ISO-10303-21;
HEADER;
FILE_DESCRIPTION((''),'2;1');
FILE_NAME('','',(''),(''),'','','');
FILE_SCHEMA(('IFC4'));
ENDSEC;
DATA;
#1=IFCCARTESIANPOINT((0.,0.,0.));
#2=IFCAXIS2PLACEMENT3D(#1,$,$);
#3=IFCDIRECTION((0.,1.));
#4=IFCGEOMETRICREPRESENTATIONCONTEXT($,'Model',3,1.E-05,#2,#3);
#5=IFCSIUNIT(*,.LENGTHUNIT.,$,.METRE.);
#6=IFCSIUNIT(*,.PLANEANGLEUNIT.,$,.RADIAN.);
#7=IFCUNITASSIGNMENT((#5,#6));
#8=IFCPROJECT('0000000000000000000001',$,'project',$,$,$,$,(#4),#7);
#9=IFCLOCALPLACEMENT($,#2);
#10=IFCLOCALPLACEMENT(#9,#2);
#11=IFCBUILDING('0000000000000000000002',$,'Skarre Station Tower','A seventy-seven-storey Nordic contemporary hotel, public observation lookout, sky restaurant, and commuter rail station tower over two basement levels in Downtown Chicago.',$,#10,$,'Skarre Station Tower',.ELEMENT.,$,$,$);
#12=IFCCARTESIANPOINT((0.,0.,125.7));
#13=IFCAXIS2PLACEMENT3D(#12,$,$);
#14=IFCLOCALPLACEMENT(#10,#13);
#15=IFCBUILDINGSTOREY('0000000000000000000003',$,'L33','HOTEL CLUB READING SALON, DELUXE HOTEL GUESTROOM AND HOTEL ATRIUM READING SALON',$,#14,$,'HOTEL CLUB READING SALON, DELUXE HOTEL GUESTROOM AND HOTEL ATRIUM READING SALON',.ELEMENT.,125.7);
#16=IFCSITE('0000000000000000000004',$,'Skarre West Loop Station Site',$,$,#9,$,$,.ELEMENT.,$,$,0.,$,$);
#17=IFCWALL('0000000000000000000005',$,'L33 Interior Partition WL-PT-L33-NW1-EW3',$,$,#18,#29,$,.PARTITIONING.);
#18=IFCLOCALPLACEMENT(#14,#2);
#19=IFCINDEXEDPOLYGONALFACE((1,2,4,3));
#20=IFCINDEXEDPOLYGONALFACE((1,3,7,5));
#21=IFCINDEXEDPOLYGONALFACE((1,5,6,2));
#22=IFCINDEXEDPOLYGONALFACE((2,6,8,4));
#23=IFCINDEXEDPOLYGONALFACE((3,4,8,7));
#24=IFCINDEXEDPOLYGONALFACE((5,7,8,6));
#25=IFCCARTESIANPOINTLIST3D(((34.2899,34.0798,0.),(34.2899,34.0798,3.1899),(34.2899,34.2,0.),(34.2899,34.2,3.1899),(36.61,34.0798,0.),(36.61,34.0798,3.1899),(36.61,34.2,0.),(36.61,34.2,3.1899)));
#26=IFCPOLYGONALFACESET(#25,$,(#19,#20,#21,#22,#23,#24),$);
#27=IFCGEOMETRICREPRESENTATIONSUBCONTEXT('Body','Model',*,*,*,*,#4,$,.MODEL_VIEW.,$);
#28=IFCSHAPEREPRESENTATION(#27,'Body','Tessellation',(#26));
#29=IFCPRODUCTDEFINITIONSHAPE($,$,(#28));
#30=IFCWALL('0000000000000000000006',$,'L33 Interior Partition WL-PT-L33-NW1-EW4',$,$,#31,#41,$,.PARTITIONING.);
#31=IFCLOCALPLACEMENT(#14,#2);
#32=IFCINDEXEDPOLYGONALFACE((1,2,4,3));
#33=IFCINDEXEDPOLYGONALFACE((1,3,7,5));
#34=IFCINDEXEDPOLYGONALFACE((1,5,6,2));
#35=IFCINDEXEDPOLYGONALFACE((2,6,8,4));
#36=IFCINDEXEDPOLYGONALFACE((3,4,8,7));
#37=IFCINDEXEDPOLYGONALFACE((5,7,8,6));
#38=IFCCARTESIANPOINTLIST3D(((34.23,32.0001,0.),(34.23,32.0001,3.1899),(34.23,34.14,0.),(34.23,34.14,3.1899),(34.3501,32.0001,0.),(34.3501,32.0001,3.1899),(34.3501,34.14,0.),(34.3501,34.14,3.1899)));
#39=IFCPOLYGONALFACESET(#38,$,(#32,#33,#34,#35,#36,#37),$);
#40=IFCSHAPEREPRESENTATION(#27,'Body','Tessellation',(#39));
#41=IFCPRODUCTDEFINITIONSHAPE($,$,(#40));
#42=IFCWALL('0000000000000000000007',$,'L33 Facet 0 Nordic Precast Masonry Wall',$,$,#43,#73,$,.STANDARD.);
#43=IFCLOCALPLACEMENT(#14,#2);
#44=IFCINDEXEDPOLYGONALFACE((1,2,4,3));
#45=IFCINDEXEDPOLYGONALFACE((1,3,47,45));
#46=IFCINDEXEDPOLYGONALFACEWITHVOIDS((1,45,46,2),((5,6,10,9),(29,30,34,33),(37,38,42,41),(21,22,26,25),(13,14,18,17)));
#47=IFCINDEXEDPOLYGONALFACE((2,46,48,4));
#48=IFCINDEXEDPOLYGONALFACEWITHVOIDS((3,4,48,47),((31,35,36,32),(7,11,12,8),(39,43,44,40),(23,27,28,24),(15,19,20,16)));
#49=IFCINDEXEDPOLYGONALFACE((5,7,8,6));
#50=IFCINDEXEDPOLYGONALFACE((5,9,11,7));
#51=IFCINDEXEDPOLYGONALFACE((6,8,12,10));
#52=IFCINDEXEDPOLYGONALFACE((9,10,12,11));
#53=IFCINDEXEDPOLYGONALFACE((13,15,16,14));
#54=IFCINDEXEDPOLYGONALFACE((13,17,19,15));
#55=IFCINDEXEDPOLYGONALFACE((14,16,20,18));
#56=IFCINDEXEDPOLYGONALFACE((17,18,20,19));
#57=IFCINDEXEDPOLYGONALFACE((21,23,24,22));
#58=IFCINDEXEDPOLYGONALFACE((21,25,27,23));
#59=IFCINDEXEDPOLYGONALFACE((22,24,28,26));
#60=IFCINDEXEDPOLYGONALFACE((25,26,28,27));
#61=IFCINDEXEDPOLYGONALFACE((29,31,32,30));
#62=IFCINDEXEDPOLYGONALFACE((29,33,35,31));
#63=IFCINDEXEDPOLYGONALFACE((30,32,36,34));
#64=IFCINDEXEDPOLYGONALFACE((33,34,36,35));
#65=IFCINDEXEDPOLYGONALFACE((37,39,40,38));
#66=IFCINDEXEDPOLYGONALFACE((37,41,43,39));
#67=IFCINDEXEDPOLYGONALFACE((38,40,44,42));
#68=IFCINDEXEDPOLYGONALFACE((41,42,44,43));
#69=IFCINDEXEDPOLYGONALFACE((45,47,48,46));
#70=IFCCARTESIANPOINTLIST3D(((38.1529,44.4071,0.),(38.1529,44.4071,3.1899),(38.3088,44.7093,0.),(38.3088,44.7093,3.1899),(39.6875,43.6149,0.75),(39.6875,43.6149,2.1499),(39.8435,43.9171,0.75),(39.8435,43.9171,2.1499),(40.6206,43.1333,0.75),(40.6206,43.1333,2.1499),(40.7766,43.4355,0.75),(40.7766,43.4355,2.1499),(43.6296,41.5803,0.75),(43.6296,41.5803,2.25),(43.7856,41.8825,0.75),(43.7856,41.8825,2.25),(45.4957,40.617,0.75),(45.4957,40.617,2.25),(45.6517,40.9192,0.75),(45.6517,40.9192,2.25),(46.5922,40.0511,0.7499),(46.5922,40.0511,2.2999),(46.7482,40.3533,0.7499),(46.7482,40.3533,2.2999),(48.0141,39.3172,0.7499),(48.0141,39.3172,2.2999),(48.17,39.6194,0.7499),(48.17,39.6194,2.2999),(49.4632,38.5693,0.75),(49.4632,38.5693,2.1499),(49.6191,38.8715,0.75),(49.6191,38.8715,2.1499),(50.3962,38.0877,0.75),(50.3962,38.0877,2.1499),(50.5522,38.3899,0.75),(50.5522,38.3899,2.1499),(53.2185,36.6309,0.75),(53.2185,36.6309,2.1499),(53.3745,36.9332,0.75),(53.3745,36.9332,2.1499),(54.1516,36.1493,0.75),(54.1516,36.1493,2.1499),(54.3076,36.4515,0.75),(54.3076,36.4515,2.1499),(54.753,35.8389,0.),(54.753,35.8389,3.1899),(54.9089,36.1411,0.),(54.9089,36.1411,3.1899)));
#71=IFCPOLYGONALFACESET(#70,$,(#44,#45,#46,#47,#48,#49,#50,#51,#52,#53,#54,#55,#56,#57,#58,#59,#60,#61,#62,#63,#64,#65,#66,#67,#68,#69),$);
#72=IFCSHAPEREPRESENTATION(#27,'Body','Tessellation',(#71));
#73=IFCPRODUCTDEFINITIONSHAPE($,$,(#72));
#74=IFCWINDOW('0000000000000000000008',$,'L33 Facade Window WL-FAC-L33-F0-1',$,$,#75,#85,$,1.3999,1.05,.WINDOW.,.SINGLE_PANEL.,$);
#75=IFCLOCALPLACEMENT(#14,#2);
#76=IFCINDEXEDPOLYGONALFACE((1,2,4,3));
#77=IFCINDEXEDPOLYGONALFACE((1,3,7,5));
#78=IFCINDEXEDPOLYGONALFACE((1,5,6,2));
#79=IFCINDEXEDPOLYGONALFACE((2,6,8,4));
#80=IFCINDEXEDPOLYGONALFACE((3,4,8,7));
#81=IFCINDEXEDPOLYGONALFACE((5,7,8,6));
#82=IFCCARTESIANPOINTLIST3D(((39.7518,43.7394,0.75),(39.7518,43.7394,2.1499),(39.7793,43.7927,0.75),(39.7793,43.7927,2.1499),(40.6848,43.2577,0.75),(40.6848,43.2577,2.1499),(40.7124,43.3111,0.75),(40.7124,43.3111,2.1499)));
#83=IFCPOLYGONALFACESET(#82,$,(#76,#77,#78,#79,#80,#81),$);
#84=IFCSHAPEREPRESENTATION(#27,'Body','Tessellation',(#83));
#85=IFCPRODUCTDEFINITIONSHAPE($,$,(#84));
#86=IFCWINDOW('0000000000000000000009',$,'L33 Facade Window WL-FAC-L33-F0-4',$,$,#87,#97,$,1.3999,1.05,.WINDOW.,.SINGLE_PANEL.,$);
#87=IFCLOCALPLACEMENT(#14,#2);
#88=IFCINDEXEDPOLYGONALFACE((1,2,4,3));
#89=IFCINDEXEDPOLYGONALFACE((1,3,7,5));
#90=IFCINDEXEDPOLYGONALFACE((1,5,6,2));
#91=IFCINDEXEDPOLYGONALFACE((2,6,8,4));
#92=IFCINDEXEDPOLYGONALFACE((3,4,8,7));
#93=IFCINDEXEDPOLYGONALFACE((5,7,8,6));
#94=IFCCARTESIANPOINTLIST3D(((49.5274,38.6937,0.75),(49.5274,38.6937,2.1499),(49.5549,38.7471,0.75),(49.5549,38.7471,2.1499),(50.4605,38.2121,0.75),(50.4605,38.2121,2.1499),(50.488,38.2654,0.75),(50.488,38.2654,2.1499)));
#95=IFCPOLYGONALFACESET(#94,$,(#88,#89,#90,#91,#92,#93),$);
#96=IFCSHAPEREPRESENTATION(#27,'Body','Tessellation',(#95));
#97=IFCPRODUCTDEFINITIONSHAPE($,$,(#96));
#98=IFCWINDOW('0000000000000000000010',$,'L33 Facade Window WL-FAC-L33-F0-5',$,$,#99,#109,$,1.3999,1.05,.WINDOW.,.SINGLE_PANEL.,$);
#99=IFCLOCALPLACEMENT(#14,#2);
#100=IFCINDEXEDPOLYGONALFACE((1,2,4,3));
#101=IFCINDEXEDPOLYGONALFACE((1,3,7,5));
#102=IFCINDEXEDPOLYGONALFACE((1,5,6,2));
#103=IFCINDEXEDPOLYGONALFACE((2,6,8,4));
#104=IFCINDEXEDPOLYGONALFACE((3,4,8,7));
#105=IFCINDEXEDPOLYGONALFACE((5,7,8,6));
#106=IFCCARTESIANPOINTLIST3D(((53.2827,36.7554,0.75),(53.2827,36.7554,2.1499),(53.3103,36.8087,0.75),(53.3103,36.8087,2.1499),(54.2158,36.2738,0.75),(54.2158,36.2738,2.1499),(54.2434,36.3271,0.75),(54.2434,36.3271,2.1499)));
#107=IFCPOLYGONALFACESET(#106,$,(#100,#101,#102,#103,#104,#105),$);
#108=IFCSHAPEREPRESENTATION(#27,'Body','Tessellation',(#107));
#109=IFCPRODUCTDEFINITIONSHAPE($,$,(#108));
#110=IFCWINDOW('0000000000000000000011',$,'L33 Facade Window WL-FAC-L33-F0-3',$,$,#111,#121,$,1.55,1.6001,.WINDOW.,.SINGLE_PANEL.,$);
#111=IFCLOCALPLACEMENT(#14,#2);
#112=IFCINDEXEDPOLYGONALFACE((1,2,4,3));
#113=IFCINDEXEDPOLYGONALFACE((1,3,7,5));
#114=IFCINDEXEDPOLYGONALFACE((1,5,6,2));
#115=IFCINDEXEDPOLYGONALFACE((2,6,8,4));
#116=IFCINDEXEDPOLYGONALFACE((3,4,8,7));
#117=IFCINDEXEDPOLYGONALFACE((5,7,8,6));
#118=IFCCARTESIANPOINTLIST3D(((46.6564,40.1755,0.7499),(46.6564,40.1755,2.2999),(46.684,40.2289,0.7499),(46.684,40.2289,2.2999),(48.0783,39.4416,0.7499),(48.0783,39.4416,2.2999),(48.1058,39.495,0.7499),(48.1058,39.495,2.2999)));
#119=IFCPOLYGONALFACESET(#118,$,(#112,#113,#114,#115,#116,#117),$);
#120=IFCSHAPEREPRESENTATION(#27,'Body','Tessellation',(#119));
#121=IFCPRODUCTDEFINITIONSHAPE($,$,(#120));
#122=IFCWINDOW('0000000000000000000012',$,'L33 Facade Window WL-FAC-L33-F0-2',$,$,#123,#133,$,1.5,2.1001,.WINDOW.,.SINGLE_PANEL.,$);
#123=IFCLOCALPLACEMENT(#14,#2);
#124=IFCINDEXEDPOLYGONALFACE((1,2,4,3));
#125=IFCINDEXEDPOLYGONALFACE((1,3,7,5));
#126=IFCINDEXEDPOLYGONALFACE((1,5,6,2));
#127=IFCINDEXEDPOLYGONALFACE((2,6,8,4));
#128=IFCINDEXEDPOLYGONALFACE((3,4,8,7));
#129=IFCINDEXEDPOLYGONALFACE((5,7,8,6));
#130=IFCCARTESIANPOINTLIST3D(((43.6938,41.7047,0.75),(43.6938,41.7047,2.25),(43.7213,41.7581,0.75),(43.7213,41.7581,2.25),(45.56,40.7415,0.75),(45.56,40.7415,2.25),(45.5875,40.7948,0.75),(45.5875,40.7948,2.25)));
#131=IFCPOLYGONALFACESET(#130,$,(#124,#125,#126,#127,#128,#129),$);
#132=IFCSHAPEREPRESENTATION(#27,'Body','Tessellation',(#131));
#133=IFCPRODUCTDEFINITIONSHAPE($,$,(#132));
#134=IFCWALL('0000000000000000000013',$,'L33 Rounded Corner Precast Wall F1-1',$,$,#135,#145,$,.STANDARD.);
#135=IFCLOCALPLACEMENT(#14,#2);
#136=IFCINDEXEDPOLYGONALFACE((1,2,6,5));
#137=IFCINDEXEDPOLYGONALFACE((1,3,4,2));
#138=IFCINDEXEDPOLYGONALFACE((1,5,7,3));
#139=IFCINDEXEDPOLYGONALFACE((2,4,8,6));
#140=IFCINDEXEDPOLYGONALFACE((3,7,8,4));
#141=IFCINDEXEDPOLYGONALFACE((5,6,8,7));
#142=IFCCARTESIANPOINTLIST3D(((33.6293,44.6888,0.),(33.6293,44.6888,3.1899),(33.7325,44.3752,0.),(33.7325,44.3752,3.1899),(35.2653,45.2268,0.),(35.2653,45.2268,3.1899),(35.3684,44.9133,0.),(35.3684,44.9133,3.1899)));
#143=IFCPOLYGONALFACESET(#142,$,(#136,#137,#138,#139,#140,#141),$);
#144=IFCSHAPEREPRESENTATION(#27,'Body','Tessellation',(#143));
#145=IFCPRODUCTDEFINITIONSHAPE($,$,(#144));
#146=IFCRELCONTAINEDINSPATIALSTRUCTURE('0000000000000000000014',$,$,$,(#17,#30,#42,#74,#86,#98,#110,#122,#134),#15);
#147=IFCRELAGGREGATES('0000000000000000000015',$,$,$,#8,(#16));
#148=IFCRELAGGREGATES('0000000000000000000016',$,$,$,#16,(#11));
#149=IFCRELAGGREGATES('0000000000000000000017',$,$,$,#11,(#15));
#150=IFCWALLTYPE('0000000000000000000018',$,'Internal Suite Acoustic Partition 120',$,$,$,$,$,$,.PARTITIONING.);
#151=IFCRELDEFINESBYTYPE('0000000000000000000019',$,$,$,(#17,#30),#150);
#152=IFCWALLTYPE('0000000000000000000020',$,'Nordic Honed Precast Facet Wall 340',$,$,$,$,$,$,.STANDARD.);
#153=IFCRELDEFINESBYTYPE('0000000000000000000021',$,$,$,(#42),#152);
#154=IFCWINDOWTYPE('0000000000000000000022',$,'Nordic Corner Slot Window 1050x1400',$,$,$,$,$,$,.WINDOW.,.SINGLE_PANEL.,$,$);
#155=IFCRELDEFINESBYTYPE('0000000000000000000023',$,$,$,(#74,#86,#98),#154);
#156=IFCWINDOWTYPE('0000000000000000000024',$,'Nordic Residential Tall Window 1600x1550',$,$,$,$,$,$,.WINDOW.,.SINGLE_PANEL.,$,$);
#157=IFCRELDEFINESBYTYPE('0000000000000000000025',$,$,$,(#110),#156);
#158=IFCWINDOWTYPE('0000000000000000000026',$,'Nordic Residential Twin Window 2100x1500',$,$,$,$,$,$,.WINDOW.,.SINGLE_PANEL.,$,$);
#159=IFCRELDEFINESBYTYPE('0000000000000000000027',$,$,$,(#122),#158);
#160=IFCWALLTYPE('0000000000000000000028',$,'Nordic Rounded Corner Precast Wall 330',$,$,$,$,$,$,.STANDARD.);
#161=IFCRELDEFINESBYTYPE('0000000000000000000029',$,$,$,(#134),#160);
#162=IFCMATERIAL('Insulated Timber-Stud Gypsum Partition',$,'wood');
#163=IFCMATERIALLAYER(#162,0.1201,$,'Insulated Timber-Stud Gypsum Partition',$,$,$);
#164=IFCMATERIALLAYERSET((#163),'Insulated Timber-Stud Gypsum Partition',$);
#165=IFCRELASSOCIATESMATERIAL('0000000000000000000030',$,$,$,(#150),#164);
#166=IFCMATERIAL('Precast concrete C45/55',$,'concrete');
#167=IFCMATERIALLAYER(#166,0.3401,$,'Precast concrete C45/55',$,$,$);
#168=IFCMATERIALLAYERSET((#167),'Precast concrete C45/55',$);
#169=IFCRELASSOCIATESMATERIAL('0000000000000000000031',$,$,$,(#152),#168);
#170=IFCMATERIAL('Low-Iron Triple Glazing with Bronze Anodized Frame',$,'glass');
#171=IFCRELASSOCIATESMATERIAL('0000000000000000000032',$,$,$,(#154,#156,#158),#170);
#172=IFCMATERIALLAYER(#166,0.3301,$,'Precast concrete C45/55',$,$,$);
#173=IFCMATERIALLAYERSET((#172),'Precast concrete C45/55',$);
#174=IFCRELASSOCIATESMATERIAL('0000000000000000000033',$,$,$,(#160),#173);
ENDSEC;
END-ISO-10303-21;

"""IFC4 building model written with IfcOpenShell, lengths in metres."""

from ifc_helpers import new_model, si_unit, direction, frame, frame_2d, origin, place, context, subcontext, project, spatial, rectangle, extrude, material, layer, layer_set, type_object, element, fill, save


model = new_model("IFC4")

# Units and contexts
model_context = context("Model", 3, precision=1e-05, world=origin(), true_north=direction((0.0, 1.0)))
body_context = subcontext(model_context, "Body", "Model", "MODEL_VIEW")
ifc_project = project(units=[si_unit("LENGTHUNIT", "METRE"), si_unit("PLANEANGLEUNIT", "RADIAN")], contexts=[model_context])

# Site, building, storey
site_placement = place(None, origin())
site = spatial("IfcSite", under=ifc_project, at=site_placement, Name="Skarre West Loop Station Site", CompositionType="ELEMENT", RefElevation=0.0)
building_placement = place(site_placement, origin())
building = spatial("IfcBuilding", under=site, at=building_placement, Name="Skarre Station Tower", Description="A seventy-seven-storey Nordic contemporary hotel, public observation lookout, sky restaurant, and commuter rail station tower over two basement levels in Downtown Chicago.", LongName="Skarre Station Tower", CompositionType="ELEMENT")
storey_placement = place(building_placement, frame((0.0, 0.0, 125.7)))
storey = spatial("IfcBuildingStorey", under=building, at=storey_placement, Name="L33", Description="HOTEL CLUB READING SALON, DELUXE HOTEL GUESTROOM AND HOTEL ATRIUM READING SALON", LongName="HOTEL CLUB READING SALON, DELUXE HOTEL GUESTROOM AND HOTEL ATRIUM READING SALON", CompositionType="ELEMENT", Elevation=125.7)

# Shared definitions
ifc_material_1 = material(Name="Insulated Timber-Stud Gypsum Partition", Category="wood")
ifc_layer_1 = layer(ifc_material_1, 0.1201, Name="Insulated Timber-Stud Gypsum Partition")
ifc_layer_set_1 = layer_set([ifc_layer_1], Name="Insulated Timber-Stud Gypsum Partition")
wall_type_1 = type_object("IfcWallType", Name="Internal Suite Acoustic Partition 120", PredefinedType="PARTITIONING", material=ifc_layer_set_1)

# Walls
wall_1_placement = place(storey_placement, frame((36.6101, 34.1399, 0.0), z_axis=(0.0, 0.0, 1.0), x_axis=(-1.0, 0.0, 0.0)))
element("IfcWall", 1, at=wall_1_placement, inside=storey, type_object=wall_type_1, Name="L33 Interior Partition WL-PT-L33-NW1-EW3", PredefinedType="PARTITIONING", context=body_context, shape_type="SweptSolid", body=[
    extrude(rectangle(XDim=2.3201, YDim=0.1201, at=frame_2d((1.1602, 0.0))), origin(), (0.0, 0.0, 1.0), 3.1899),
])
wall_2_placement = place(storey_placement, frame((34.29, 34.1399, 0.0), z_axis=(0.0, 0.0, 1.0), x_axis=(0.0, -1.0, 0.0)))
element("IfcWall", 2, at=wall_2_placement, inside=storey, type_object=wall_type_1, Name="L33 Interior Partition WL-PT-L33-NW1-EW4", PredefinedType="PARTITIONING", context=body_context, shape_type="SweptSolid", body=[
    extrude(rectangle(XDim=2.1399, YDim=0.1201, at=frame_2d((1.0698, 0.0))), origin(), (0.0, 0.0, 1.0), 3.1899),
])

# Wall, openings, windows
ifc_material_2 = material(Name="Precast concrete C45/55", Category="concrete")
ifc_layer_2 = layer(ifc_material_2, 0.3401, Name="Precast concrete C45/55")
ifc_layer_set_2 = layer_set([ifc_layer_2], Name="Precast concrete C45/55")
wall_type_2 = type_object("IfcWallType", Name="Nordic Honed Precast Facet Wall 340", PredefinedType="STANDARD", material=ifc_layer_set_2)
wall_3_placement = place(storey_placement, frame((38.231, 44.5581, 0.0), z_axis=(0.0, 0.0, 1.0), x_axis=(0.888614, -0.458657, 0.0)))
wall_3 = element("IfcWall", 3, at=wall_3_placement, inside=storey, type_object=wall_type_2, Name="L33 Facet 0 Nordic Precast Masonry Wall", PredefinedType="STANDARD", context=body_context, shape_type="SweptSolid", body=[
    extrude(rectangle(XDim=18.6809, YDim=0.3401, at=frame_2d((9.3403, 0.0))), origin(), (0.0, 0.0, 1.0), 3.1899),
])
opening_1_placement = place(wall_3_placement, frame((1.7271, 0.0, 0.75)))
opening_1 = element("IfcOpeningElement", 4, at=opening_1_placement, cuts=wall_3, PredefinedType="OPENING", context=body_context, shape_type="SweptSolid", body=[
    extrude(rectangle(XDim=1.05, YDim=1.3999, at=frame_2d((0.5249, 0.7))), frame((0.0, 0.1799, 0.0), z_axis=(0.0, -1.0, 0.0), x_axis=(1.0, 0.0, 0.0)), (0.0, 0.0, 1.0), 0.3601),
])
opening_2_placement = place(wall_3_placement, frame((6.1631, 0.0, 0.75)))
opening_2 = element("IfcOpeningElement", 5, at=opening_2_placement, cuts=wall_3, PredefinedType="OPENING", context=body_context, shape_type="SweptSolid", body=[
    extrude(rectangle(XDim=2.1001, YDim=1.5, at=frame_2d((1.05, 0.75))), frame((0.0, 0.1799, 0.0), z_axis=(0.0, -1.0, 0.0), x_axis=(1.0, 0.0, 0.0)), (0.0, 0.0, 1.0), 0.3601),
])
opening_3_placement = place(wall_3_placement, frame((9.4971, 0.0, 0.75)))
opening_3 = element("IfcOpeningElement", 6, at=opening_3_placement, cuts=wall_3, PredefinedType="OPENING", context=body_context, shape_type="SweptSolid", body=[
    extrude(rectangle(XDim=1.6001, YDim=1.55, at=frame_2d((0.8, 0.7749))), frame((0.0, 0.1799, 0.0), z_axis=(0.0, -1.0, 0.0), x_axis=(1.0, 0.0, 0.0)), (0.0, 0.0, 1.0), 0.3601),
])
opening_4_placement = place(wall_3_placement, frame((12.728, 0.0, 0.75)))
opening_4 = element("IfcOpeningElement", 7, at=opening_4_placement, cuts=wall_3, PredefinedType="OPENING", context=body_context, shape_type="SweptSolid", body=[
    extrude(rectangle(XDim=1.05, YDim=1.3999, at=frame_2d((0.5249, 0.7))), frame((0.0, 0.1799, 0.0), z_axis=(0.0, -1.0, 0.0), x_axis=(1.0, 0.0, 0.0)), (0.0, 0.0, 1.0), 0.3601),
])
opening_5_placement = place(wall_3_placement, frame((16.9541, 0.0, 0.75)))
opening_5 = element("IfcOpeningElement", 8, at=opening_5_placement, cuts=wall_3, PredefinedType="OPENING", context=body_context, shape_type="SweptSolid", body=[
    extrude(rectangle(XDim=1.05, YDim=1.3999, at=frame_2d((0.5249, 0.7))), frame((0.0, 0.1799, 0.0), z_axis=(0.0, -1.0, 0.0), x_axis=(1.0, 0.0, 0.0)), (0.0, 0.0, 1.0), 0.3601),
])
ifc_material_3 = material(Name="Low-Iron Triple Glazing with Bronze Anodized Frame", Category="glass")
window_type_1 = type_object("IfcWindowType", Name="Nordic Corner Slot Window 1050x1400", PartitioningType="SINGLE_PANEL", PredefinedType="WINDOW", material=ifc_material_3)
window_1_placement = place(opening_1_placement, origin())
window_1 = element("IfcWindow", 9, at=window_1_placement, inside=storey, type_object=window_type_1, Name="L33 Facade Window WL-FAC-L33-F0-1", OverallHeight=1.3999, OverallWidth=1.05, PartitioningType="SINGLE_PANEL", PredefinedType="WINDOW", context=body_context, shape_type="SweptSolid", body=[
    extrude(rectangle(XDim=1.05, YDim=1.3999, at=frame_2d((0.5249, 0.7))), frame((0.0, 0.03, 0.0), z_axis=(0.0, -1.0, 0.0), x_axis=(1.0, 0.0, 0.0)), (0.0, 0.0, 1.0), 0.0601),
])
fill(opening_1, window_1)
window_2_placement = place(opening_4_placement, origin())
window_2 = element("IfcWindow", 10, at=window_2_placement, inside=storey, type_object=window_type_1, Name="L33 Facade Window WL-FAC-L33-F0-4", OverallHeight=1.3999, OverallWidth=1.05, PartitioningType="SINGLE_PANEL", PredefinedType="WINDOW", context=body_context, shape_type="SweptSolid", body=[
    extrude(rectangle(XDim=1.05, YDim=1.3999, at=frame_2d((0.5249, 0.7))), frame((0.0, 0.03, 0.0), z_axis=(0.0, -1.0, 0.0), x_axis=(1.0, 0.0, 0.0)), (0.0, 0.0, 1.0), 0.0601),
])
fill(opening_4, window_2)
window_3_placement = place(opening_5_placement, origin())
window_3 = element("IfcWindow", 11, at=window_3_placement, inside=storey, type_object=window_type_1, Name="L33 Facade Window WL-FAC-L33-F0-5", OverallHeight=1.3999, OverallWidth=1.05, PartitioningType="SINGLE_PANEL", PredefinedType="WINDOW", context=body_context, shape_type="SweptSolid", body=[
    extrude(rectangle(XDim=1.05, YDim=1.3999, at=frame_2d((0.5249, 0.7))), frame((0.0, 0.03, 0.0), z_axis=(0.0, -1.0, 0.0), x_axis=(1.0, 0.0, 0.0)), (0.0, 0.0, 1.0), 0.0601),
])
fill(opening_5, window_3)
window_type_2 = type_object("IfcWindowType", Name="Nordic Residential Tall Window 1600x1550", PartitioningType="SINGLE_PANEL", PredefinedType="WINDOW", material=ifc_material_3)
window_4_placement = place(opening_3_placement, origin())
window_4 = element("IfcWindow", 12, at=window_4_placement, inside=storey, type_object=window_type_2, Name="L33 Facade Window WL-FAC-L33-F0-3", OverallHeight=1.55, OverallWidth=1.6001, PartitioningType="SINGLE_PANEL", PredefinedType="WINDOW", context=body_context, shape_type="SweptSolid", body=[
    extrude(rectangle(XDim=1.6001, YDim=1.55, at=frame_2d((0.8, 0.7749))), frame((0.0, 0.03, 0.0), z_axis=(0.0, -1.0, 0.0), x_axis=(1.0, 0.0, 0.0)), (0.0, 0.0, 1.0), 0.0601),
])
fill(opening_3, window_4)
window_type_3 = type_object("IfcWindowType", Name="Nordic Residential Twin Window 2100x1500", PartitioningType="SINGLE_PANEL", PredefinedType="WINDOW", material=ifc_material_3)
window_5_placement = place(opening_2_placement, origin())
window_5 = element("IfcWindow", 13, at=window_5_placement, inside=storey, type_object=window_type_3, Name="L33 Facade Window WL-FAC-L33-F0-2", OverallHeight=1.5, OverallWidth=2.1001, PartitioningType="SINGLE_PANEL", PredefinedType="WINDOW", context=body_context, shape_type="SweptSolid", body=[
    extrude(rectangle(XDim=2.1001, YDim=1.5, at=frame_2d((1.05, 0.75))), frame((0.0, 0.03, 0.0), z_axis=(0.0, -1.0, 0.0), x_axis=(1.0, 0.0, 0.0)), (0.0, 0.0, 1.0), 0.0601),
])
fill(opening_2, window_5)

# Wall
ifc_layer_3 = layer(ifc_material_2, 0.3301, Name="Precast concrete C45/55")
ifc_layer_set_3 = layer_set([ifc_layer_3], Name="Precast concrete C45/55")
wall_type_3 = type_object("IfcWallType", Name="Nordic Rounded Corner Precast Wall 330", PredefinedType="STANDARD", material=ifc_layer_set_3)
wall_4_placement = place(storey_placement, frame((33.6809, 44.532, 0.0), z_axis=(0.0, 0.0, 1.0), x_axis=(0.949937, 0.31244, 0.0)))
element("IfcWall", 14, at=wall_4_placement, inside=storey, type_object=wall_type_3, Name="L33 Rounded Corner Precast Wall F1-1", PredefinedType="STANDARD", context=body_context, shape_type="SweptSolid", body=[
    extrude(rectangle(XDim=1.7222, YDim=0.3301, at=frame_2d((0.8611, 0.0))), origin(), (0.0, 0.0, 1.0), 3.1899),
])

save(model, "model.ifc")
